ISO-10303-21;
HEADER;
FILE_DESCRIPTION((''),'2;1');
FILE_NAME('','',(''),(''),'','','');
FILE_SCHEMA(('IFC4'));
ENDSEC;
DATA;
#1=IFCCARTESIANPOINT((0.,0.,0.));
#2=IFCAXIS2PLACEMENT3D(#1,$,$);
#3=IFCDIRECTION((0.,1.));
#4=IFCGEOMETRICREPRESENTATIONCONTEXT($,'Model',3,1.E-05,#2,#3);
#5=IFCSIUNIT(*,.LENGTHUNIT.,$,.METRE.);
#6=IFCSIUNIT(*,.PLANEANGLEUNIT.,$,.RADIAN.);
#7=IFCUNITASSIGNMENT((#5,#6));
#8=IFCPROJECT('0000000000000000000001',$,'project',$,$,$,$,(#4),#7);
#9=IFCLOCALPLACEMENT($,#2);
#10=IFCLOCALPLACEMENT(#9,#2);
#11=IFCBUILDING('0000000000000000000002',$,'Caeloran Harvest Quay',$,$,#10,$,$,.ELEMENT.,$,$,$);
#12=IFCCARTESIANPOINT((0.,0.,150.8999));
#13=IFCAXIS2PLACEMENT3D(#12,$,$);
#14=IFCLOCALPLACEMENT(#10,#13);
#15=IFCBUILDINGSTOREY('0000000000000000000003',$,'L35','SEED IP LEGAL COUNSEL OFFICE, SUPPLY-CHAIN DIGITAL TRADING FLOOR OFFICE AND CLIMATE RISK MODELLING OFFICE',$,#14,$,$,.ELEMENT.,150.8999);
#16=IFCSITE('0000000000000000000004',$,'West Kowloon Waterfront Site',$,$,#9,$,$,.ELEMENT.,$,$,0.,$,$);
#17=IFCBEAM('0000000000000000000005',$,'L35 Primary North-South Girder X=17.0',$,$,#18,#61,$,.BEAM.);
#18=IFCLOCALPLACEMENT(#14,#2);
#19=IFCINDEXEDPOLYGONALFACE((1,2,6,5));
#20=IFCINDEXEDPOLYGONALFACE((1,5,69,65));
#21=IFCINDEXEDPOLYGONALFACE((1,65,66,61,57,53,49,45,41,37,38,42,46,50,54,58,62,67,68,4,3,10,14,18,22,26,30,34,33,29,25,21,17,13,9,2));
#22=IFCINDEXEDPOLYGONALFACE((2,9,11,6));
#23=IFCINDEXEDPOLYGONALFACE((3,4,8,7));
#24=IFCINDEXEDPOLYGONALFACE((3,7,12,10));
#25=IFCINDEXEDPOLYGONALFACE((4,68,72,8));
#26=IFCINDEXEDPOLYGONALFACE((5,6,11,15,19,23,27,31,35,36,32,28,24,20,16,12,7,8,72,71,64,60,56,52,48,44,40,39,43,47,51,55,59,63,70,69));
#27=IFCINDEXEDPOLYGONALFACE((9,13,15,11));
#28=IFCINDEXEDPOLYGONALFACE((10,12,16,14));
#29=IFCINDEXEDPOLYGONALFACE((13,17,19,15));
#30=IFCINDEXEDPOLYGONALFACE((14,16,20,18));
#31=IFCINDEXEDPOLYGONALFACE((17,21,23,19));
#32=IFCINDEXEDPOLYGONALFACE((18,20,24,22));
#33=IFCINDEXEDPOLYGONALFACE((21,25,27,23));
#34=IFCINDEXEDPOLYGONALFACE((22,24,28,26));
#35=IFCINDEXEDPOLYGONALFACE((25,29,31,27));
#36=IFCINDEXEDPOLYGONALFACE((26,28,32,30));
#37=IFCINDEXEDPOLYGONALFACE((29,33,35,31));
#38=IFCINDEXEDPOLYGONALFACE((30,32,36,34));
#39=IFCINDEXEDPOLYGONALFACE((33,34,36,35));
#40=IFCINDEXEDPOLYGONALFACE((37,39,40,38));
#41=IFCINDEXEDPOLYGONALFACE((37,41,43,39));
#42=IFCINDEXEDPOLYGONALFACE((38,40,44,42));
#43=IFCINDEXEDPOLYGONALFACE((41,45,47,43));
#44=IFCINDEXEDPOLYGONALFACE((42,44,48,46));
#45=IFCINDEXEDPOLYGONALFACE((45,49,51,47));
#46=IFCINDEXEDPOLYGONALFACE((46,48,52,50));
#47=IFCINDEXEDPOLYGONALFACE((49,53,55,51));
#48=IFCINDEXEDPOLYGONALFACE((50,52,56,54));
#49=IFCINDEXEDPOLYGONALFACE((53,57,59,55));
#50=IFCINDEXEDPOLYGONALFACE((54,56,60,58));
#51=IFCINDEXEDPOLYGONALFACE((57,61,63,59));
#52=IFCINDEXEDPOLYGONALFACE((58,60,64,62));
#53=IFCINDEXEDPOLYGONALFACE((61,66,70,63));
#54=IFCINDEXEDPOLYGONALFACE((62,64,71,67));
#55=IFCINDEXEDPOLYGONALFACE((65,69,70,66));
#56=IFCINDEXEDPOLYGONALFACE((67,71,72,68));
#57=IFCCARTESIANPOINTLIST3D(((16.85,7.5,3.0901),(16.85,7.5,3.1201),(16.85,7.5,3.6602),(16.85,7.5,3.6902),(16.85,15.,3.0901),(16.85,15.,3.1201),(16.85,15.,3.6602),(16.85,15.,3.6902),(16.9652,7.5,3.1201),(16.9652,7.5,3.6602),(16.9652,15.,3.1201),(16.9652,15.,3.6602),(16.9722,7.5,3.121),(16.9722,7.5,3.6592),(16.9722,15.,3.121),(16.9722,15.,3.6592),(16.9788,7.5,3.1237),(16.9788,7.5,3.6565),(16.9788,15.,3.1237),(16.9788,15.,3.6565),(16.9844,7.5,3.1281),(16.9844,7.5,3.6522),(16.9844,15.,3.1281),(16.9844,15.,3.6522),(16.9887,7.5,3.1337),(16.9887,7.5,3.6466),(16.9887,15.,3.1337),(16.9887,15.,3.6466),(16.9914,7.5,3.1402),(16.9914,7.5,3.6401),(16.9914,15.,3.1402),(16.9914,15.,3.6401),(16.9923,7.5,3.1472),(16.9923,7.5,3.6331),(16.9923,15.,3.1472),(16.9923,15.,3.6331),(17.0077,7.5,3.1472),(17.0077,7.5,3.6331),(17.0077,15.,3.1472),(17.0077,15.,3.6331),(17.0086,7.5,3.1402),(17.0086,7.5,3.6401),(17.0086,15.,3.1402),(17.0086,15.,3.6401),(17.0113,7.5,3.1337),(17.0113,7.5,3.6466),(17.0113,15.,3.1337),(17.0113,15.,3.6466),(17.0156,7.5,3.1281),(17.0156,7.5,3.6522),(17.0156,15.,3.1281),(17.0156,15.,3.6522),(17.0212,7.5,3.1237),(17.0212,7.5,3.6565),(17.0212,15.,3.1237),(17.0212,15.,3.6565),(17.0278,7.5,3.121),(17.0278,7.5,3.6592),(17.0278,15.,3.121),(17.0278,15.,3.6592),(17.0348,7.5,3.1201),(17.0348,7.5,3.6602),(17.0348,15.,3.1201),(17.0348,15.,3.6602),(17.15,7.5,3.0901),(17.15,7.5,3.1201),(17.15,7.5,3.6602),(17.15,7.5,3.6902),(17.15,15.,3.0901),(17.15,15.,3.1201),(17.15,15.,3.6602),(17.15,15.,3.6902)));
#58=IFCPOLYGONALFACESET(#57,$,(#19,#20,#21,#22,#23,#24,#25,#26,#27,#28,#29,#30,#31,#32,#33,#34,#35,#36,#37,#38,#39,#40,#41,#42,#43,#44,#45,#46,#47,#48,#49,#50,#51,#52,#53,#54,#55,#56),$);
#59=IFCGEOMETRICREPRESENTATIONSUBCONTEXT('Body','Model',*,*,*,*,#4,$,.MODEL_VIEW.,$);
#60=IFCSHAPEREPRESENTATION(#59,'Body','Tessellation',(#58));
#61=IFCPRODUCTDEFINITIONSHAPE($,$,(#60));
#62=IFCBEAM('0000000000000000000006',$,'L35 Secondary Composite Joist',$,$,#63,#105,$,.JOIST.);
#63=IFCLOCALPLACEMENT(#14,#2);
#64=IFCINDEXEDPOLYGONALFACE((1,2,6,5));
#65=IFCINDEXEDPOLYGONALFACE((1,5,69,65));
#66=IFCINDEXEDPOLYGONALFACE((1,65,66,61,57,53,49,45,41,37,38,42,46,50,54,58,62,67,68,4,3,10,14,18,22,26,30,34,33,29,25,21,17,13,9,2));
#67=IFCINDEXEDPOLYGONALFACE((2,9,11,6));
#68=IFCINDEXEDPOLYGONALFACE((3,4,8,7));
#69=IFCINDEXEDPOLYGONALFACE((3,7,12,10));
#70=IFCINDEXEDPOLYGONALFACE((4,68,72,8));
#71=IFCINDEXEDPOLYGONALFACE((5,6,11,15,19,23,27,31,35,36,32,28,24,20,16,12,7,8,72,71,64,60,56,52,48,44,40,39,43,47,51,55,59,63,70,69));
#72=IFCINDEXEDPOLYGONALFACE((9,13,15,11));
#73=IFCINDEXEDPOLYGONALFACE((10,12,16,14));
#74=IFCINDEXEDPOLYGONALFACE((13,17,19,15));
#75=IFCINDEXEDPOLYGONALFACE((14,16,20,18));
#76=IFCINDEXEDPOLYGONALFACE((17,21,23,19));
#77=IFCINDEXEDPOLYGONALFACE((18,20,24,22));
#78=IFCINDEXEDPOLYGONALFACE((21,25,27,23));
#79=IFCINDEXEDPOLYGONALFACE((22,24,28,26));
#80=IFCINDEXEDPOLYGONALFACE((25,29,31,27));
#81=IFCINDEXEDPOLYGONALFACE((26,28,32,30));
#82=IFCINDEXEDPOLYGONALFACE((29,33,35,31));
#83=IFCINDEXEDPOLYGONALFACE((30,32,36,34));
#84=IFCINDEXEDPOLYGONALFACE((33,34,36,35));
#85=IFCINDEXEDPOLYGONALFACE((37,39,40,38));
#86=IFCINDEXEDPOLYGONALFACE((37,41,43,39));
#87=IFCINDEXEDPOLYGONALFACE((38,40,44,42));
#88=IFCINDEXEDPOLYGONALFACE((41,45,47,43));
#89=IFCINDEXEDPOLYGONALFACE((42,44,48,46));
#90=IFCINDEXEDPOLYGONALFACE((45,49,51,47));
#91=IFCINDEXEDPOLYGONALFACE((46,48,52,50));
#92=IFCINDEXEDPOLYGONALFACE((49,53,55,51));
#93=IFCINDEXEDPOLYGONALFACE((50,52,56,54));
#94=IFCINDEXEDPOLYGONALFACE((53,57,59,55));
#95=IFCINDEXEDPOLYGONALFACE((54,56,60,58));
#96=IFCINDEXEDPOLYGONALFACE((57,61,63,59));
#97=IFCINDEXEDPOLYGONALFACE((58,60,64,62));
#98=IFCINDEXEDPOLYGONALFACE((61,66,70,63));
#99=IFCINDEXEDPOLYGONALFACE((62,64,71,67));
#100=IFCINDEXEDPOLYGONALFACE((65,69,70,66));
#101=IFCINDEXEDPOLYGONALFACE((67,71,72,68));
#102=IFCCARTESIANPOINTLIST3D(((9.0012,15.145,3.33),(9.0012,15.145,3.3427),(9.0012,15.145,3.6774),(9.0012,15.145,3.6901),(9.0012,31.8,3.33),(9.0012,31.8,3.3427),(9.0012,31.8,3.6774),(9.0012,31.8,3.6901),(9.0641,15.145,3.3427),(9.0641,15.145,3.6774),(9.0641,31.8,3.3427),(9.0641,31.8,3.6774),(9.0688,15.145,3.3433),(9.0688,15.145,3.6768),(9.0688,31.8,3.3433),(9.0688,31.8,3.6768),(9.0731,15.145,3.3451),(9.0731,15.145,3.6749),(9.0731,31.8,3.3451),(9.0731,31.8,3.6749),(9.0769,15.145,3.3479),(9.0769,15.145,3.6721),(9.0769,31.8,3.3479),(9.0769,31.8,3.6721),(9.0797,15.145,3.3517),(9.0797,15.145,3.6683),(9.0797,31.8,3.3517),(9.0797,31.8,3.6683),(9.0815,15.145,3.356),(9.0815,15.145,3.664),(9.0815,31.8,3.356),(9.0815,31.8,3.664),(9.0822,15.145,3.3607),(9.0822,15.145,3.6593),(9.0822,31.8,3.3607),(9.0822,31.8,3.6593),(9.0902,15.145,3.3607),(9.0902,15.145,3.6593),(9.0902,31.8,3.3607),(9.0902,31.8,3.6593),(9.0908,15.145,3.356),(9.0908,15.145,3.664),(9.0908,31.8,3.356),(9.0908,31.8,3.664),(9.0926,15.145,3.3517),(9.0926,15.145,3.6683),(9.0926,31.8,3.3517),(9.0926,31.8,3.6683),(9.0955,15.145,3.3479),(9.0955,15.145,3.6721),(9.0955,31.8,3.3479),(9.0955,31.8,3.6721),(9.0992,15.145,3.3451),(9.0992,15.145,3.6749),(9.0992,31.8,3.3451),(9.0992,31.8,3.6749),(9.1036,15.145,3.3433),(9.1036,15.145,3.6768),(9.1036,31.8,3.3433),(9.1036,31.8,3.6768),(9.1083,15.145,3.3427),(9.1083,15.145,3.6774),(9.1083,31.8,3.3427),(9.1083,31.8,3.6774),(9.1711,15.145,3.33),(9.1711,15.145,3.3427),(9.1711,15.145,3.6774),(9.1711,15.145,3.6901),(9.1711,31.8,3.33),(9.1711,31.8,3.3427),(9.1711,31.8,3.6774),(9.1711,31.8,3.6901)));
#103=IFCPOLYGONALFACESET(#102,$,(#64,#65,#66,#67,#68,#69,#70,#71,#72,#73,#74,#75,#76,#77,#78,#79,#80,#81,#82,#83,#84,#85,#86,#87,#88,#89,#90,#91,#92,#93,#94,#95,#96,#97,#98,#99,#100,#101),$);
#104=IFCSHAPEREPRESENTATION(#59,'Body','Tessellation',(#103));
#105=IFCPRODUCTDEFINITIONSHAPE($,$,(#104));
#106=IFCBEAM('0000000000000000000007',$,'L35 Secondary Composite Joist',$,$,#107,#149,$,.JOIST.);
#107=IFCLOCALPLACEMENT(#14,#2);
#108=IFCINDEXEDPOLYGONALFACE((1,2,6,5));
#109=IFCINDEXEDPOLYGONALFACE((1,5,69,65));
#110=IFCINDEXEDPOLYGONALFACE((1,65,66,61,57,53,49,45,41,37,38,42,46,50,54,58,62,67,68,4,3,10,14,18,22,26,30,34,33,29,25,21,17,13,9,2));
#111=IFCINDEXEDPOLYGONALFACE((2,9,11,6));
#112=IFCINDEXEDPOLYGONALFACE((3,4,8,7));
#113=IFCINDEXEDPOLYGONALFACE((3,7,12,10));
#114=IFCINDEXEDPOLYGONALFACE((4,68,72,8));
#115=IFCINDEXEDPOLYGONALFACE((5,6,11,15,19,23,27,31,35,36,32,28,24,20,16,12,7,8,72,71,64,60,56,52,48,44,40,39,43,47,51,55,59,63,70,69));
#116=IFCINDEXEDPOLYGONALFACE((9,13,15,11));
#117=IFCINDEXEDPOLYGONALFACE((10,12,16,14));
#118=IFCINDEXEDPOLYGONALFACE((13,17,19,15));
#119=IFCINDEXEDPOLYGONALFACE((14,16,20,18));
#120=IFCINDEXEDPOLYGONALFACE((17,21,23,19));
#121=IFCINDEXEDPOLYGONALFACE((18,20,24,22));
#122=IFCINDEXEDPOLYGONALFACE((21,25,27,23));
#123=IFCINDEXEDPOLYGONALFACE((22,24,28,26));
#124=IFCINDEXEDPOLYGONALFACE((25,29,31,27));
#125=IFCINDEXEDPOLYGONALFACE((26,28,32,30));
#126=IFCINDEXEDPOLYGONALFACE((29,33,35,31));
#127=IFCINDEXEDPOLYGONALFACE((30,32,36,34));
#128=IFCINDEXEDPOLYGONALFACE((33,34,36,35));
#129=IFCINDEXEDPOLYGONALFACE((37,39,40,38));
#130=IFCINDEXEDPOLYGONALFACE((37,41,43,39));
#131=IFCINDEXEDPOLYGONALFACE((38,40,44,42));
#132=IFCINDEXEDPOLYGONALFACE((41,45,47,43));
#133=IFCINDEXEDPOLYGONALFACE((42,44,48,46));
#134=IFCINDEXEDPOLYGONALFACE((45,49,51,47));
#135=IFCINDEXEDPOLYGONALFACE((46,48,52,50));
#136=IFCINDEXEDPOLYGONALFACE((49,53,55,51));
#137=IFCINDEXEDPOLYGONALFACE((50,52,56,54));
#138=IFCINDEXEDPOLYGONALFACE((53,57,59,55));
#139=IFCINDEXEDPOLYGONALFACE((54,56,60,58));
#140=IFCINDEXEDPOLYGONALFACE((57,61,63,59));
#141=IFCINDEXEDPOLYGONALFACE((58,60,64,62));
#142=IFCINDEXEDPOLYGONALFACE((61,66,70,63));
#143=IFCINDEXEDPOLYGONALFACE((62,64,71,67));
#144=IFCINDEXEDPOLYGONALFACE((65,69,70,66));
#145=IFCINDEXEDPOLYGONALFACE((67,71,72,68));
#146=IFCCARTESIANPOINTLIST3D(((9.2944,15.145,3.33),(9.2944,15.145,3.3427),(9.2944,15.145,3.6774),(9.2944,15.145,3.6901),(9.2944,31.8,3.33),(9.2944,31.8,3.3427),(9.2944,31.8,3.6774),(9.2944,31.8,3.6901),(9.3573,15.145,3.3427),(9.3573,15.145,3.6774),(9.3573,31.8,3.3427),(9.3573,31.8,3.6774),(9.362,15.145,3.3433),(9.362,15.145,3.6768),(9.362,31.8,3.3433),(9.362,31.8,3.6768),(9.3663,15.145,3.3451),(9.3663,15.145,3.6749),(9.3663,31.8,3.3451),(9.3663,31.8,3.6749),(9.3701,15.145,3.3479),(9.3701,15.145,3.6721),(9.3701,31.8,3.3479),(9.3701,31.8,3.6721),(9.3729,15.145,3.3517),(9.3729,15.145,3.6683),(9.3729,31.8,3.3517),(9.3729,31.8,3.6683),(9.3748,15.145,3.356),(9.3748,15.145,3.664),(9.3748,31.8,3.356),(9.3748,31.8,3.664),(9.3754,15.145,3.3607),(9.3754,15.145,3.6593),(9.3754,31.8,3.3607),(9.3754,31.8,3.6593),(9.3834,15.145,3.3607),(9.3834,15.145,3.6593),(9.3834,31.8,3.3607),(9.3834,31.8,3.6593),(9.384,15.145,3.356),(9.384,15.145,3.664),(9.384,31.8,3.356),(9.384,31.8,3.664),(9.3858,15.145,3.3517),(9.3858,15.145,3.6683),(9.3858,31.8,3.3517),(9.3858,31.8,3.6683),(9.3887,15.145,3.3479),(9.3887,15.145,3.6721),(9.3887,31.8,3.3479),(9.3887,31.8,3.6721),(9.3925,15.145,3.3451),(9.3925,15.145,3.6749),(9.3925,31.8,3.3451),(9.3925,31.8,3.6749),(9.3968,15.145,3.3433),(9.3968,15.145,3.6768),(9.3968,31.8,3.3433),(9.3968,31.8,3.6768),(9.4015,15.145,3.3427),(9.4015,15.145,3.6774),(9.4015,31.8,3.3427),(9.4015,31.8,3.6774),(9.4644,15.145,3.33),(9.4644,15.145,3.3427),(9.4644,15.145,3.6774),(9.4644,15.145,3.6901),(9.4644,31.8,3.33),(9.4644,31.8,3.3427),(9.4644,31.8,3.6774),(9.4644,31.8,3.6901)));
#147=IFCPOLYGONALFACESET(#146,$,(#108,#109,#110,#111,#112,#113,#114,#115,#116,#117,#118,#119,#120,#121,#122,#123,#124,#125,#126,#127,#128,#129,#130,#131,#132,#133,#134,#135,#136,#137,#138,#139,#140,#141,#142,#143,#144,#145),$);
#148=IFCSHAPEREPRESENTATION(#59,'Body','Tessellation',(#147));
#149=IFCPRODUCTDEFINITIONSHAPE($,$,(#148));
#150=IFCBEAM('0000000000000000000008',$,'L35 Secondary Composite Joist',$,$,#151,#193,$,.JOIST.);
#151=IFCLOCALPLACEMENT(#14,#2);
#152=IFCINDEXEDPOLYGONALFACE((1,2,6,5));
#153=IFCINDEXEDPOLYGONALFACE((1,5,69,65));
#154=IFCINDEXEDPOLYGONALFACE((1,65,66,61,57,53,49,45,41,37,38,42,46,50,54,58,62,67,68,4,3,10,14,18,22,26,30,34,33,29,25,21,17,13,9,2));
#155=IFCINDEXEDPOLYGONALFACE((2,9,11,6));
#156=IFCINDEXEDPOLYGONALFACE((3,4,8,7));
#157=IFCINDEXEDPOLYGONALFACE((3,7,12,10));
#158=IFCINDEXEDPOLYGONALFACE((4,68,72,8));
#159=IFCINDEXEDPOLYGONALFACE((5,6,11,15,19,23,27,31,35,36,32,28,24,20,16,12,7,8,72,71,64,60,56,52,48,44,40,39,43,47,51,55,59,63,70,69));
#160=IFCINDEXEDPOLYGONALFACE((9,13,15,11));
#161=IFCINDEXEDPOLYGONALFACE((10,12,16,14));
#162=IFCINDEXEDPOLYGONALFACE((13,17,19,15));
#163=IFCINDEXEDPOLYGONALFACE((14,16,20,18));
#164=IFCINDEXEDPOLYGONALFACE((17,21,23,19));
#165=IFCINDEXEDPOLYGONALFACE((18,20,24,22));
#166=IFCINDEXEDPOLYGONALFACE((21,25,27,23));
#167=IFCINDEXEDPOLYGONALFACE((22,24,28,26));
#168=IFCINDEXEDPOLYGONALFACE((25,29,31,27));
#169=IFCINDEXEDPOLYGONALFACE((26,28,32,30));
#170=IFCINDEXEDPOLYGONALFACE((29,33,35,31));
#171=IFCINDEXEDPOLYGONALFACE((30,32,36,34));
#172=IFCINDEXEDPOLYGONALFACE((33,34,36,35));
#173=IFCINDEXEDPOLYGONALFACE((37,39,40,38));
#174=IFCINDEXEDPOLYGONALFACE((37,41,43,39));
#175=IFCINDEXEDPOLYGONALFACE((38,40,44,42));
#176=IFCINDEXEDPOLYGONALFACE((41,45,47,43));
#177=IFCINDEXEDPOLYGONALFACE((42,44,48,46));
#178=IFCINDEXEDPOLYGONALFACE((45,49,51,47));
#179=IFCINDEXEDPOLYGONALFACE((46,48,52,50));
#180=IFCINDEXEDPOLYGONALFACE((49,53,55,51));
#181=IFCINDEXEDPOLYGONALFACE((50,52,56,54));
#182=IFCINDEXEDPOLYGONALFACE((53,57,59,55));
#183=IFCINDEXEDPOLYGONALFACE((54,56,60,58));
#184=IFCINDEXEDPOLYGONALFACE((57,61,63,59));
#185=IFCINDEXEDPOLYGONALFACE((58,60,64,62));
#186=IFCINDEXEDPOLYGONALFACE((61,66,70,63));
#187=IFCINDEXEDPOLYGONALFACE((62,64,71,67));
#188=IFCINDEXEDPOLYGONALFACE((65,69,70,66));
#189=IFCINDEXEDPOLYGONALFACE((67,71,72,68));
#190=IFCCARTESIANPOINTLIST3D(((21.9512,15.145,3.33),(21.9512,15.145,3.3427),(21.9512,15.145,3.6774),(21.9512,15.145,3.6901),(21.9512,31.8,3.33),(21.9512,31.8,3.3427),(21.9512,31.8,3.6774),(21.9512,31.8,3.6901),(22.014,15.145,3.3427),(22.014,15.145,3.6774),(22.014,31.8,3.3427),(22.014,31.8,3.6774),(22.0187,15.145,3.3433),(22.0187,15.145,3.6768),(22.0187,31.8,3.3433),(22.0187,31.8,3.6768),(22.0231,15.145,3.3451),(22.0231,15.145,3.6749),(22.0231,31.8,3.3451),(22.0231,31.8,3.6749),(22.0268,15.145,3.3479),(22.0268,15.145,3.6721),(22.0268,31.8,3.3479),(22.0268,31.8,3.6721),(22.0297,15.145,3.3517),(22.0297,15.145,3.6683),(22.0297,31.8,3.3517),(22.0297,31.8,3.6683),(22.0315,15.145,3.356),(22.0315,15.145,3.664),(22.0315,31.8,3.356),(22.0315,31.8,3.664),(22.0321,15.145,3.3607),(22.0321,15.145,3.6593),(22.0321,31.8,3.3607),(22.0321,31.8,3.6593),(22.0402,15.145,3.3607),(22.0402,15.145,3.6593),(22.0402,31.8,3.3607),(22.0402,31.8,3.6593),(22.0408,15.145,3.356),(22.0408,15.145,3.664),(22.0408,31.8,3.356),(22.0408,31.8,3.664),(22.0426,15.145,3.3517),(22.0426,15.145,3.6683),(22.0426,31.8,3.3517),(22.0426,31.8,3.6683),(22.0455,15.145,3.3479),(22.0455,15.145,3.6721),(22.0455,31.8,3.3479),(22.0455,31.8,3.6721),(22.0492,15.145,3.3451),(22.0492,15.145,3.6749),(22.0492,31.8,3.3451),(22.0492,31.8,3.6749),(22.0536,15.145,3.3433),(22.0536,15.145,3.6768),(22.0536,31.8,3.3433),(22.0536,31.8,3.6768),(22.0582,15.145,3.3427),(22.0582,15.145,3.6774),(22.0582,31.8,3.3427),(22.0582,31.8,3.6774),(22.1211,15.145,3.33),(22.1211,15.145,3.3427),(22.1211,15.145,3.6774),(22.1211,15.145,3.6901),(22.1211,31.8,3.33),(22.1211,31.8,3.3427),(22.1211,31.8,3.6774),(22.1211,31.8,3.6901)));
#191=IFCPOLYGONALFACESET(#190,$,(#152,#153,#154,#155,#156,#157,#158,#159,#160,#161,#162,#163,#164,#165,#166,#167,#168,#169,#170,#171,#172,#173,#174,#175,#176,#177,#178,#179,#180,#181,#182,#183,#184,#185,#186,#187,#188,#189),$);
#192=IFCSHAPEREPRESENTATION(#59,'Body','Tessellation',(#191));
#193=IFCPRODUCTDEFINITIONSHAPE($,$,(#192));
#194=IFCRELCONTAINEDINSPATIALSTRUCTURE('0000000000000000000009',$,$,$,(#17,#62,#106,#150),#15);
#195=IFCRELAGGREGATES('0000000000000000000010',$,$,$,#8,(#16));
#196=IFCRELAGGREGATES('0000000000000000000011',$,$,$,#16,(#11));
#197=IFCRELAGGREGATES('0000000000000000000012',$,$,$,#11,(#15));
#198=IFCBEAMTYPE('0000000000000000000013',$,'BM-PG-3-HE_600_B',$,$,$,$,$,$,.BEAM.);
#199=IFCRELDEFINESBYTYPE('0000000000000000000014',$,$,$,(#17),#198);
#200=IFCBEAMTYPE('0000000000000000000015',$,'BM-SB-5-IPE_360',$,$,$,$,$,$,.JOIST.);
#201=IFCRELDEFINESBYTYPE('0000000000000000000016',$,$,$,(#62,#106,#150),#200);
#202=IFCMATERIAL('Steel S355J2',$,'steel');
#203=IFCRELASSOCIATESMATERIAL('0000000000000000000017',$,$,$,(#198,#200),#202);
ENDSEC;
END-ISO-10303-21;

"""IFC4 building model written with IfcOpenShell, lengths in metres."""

from ifc_helpers import new_model, si_unit, direction, frame, origin, origin_2d, place, context, subcontext, project, spatial, i_section, extrude, material, material_profile, profile_set, type_object, element, save


model = new_model("IFC4")

# Units and contexts
model_context = context("Model", 3, precision=1e-05, world=origin(), true_north=direction((0.0, 1.0)))
body_context = subcontext(model_context, "Body", "Model", "MODEL_VIEW")
ifc_project = project(units=[si_unit("LENGTHUNIT", "METRE"), si_unit("PLANEANGLEUNIT", "RADIAN")], contexts=[model_context])

# Site, building, storey
site_placement = place(None, origin())
site = spatial("IfcSite", under=ifc_project, at=site_placement, Name="West Kowloon Waterfront Site", CompositionType="ELEMENT", RefElevation=0.0)
building_placement = place(site_placement, origin())
building = spatial("IfcBuilding", under=site, at=building_placement, Name="Caeloran Harvest Quay", CompositionType="ELEMENT")
storey_placement = place(building_placement, frame((0.0, 0.0, 150.8999)))
storey = spatial("IfcBuildingStorey", under=building, at=storey_placement, Name="L35", Description="SEED IP LEGAL COUNSEL OFFICE, SUPPLY-CHAIN DIGITAL TRADING FLOOR OFFICE AND CLIMATE RISK MODELLING OFFICE", CompositionType="ELEMENT", Elevation=150.8999)

# Beams
ifc_material_1 = material(Name="Steel S355J2", Category="steel")
ifc_material_profile_1 = material_profile(ifc_material_1, i_section(OverallWidth=0.3, OverallDepth=0.6001, WebThickness=0.0154, FlangeThickness=0.03, FilletRadius=0.0271, at=origin_2d()), Name="HE 600 B")
ifc_profile_set_1 = profile_set([ifc_material_profile_1], Name="Steel S355J2")
beam_type_1 = type_object("IfcBeamType", Name="BM-PG-3-HE_600_B", PredefinedType="BEAM", material=ifc_profile_set_1)
beam_1_placement = place(storey_placement, frame((17.0, 7.5, 3.3901), z_axis=(0.0, 1.0, 0.0), x_axis=(-1.0, 0.0, 0.0)))
element("IfcBeam", 1, at=beam_1_placement, inside=storey, type_object=beam_type_1, Name="L35 Primary North-South Girder X=17.0", PredefinedType="BEAM", context=body_context, shape_type="SweptSolid", body=[
    extrude(i_section(OverallWidth=0.3, OverallDepth=0.6001, WebThickness=0.0154, FlangeThickness=0.03, FilletRadius=0.0271, at=origin_2d()), origin(), (0.0, 0.0, 1.0), 7.5),
])
ifc_material_profile_2 = material_profile(ifc_material_1, i_section(OverallWidth=0.1699, OverallDepth=0.3601, WebThickness=0.0081, FlangeThickness=0.0127, FilletRadius=0.0181, at=origin_2d()), Name="IPE 360")
ifc_profile_set_2 = profile_set([ifc_material_profile_2], Name="Steel S355J2")
beam_type_2 = type_object("IfcBeamType", Name="BM-SB-5-IPE_360", PredefinedType="JOIST", material=ifc_profile_set_2)
for number, where, z_axis, x_axis, name in (
    (2, (9.0862, 15.145, 3.51), (0.0, 1.0, 0.0), (-1.0, 0.0, 0.0), "L35 Secondary Composite Joist"),
    (3, (9.3794, 15.145, 3.51), (0.0, 1.0, 0.0), (-1.0, 0.0, 0.0), "L35 Secondary Composite Joist"),
    (4, (22.0361, 15.145, 3.51), (0.0, 1.0, 0.0), (-1.0, 0.0, 0.0), "L35 Secondary Composite Joist"),
):
    element("IfcBeam", number, at=place(storey_placement, frame(where, z_axis=z_axis, x_axis=x_axis)), inside=storey, type_object=beam_type_2, Name=name, PredefinedType="JOIST", context=body_context, shape_type="SweptSolid", body=[
        extrude(i_section(OverallWidth=0.1699, OverallDepth=0.3601, WebThickness=0.0081, FlangeThickness=0.0127, FilletRadius=0.0181, at=origin_2d()), origin(), (0.0, 0.0, 1.0), 16.655),
    ])

save(model, "model.ifc")
